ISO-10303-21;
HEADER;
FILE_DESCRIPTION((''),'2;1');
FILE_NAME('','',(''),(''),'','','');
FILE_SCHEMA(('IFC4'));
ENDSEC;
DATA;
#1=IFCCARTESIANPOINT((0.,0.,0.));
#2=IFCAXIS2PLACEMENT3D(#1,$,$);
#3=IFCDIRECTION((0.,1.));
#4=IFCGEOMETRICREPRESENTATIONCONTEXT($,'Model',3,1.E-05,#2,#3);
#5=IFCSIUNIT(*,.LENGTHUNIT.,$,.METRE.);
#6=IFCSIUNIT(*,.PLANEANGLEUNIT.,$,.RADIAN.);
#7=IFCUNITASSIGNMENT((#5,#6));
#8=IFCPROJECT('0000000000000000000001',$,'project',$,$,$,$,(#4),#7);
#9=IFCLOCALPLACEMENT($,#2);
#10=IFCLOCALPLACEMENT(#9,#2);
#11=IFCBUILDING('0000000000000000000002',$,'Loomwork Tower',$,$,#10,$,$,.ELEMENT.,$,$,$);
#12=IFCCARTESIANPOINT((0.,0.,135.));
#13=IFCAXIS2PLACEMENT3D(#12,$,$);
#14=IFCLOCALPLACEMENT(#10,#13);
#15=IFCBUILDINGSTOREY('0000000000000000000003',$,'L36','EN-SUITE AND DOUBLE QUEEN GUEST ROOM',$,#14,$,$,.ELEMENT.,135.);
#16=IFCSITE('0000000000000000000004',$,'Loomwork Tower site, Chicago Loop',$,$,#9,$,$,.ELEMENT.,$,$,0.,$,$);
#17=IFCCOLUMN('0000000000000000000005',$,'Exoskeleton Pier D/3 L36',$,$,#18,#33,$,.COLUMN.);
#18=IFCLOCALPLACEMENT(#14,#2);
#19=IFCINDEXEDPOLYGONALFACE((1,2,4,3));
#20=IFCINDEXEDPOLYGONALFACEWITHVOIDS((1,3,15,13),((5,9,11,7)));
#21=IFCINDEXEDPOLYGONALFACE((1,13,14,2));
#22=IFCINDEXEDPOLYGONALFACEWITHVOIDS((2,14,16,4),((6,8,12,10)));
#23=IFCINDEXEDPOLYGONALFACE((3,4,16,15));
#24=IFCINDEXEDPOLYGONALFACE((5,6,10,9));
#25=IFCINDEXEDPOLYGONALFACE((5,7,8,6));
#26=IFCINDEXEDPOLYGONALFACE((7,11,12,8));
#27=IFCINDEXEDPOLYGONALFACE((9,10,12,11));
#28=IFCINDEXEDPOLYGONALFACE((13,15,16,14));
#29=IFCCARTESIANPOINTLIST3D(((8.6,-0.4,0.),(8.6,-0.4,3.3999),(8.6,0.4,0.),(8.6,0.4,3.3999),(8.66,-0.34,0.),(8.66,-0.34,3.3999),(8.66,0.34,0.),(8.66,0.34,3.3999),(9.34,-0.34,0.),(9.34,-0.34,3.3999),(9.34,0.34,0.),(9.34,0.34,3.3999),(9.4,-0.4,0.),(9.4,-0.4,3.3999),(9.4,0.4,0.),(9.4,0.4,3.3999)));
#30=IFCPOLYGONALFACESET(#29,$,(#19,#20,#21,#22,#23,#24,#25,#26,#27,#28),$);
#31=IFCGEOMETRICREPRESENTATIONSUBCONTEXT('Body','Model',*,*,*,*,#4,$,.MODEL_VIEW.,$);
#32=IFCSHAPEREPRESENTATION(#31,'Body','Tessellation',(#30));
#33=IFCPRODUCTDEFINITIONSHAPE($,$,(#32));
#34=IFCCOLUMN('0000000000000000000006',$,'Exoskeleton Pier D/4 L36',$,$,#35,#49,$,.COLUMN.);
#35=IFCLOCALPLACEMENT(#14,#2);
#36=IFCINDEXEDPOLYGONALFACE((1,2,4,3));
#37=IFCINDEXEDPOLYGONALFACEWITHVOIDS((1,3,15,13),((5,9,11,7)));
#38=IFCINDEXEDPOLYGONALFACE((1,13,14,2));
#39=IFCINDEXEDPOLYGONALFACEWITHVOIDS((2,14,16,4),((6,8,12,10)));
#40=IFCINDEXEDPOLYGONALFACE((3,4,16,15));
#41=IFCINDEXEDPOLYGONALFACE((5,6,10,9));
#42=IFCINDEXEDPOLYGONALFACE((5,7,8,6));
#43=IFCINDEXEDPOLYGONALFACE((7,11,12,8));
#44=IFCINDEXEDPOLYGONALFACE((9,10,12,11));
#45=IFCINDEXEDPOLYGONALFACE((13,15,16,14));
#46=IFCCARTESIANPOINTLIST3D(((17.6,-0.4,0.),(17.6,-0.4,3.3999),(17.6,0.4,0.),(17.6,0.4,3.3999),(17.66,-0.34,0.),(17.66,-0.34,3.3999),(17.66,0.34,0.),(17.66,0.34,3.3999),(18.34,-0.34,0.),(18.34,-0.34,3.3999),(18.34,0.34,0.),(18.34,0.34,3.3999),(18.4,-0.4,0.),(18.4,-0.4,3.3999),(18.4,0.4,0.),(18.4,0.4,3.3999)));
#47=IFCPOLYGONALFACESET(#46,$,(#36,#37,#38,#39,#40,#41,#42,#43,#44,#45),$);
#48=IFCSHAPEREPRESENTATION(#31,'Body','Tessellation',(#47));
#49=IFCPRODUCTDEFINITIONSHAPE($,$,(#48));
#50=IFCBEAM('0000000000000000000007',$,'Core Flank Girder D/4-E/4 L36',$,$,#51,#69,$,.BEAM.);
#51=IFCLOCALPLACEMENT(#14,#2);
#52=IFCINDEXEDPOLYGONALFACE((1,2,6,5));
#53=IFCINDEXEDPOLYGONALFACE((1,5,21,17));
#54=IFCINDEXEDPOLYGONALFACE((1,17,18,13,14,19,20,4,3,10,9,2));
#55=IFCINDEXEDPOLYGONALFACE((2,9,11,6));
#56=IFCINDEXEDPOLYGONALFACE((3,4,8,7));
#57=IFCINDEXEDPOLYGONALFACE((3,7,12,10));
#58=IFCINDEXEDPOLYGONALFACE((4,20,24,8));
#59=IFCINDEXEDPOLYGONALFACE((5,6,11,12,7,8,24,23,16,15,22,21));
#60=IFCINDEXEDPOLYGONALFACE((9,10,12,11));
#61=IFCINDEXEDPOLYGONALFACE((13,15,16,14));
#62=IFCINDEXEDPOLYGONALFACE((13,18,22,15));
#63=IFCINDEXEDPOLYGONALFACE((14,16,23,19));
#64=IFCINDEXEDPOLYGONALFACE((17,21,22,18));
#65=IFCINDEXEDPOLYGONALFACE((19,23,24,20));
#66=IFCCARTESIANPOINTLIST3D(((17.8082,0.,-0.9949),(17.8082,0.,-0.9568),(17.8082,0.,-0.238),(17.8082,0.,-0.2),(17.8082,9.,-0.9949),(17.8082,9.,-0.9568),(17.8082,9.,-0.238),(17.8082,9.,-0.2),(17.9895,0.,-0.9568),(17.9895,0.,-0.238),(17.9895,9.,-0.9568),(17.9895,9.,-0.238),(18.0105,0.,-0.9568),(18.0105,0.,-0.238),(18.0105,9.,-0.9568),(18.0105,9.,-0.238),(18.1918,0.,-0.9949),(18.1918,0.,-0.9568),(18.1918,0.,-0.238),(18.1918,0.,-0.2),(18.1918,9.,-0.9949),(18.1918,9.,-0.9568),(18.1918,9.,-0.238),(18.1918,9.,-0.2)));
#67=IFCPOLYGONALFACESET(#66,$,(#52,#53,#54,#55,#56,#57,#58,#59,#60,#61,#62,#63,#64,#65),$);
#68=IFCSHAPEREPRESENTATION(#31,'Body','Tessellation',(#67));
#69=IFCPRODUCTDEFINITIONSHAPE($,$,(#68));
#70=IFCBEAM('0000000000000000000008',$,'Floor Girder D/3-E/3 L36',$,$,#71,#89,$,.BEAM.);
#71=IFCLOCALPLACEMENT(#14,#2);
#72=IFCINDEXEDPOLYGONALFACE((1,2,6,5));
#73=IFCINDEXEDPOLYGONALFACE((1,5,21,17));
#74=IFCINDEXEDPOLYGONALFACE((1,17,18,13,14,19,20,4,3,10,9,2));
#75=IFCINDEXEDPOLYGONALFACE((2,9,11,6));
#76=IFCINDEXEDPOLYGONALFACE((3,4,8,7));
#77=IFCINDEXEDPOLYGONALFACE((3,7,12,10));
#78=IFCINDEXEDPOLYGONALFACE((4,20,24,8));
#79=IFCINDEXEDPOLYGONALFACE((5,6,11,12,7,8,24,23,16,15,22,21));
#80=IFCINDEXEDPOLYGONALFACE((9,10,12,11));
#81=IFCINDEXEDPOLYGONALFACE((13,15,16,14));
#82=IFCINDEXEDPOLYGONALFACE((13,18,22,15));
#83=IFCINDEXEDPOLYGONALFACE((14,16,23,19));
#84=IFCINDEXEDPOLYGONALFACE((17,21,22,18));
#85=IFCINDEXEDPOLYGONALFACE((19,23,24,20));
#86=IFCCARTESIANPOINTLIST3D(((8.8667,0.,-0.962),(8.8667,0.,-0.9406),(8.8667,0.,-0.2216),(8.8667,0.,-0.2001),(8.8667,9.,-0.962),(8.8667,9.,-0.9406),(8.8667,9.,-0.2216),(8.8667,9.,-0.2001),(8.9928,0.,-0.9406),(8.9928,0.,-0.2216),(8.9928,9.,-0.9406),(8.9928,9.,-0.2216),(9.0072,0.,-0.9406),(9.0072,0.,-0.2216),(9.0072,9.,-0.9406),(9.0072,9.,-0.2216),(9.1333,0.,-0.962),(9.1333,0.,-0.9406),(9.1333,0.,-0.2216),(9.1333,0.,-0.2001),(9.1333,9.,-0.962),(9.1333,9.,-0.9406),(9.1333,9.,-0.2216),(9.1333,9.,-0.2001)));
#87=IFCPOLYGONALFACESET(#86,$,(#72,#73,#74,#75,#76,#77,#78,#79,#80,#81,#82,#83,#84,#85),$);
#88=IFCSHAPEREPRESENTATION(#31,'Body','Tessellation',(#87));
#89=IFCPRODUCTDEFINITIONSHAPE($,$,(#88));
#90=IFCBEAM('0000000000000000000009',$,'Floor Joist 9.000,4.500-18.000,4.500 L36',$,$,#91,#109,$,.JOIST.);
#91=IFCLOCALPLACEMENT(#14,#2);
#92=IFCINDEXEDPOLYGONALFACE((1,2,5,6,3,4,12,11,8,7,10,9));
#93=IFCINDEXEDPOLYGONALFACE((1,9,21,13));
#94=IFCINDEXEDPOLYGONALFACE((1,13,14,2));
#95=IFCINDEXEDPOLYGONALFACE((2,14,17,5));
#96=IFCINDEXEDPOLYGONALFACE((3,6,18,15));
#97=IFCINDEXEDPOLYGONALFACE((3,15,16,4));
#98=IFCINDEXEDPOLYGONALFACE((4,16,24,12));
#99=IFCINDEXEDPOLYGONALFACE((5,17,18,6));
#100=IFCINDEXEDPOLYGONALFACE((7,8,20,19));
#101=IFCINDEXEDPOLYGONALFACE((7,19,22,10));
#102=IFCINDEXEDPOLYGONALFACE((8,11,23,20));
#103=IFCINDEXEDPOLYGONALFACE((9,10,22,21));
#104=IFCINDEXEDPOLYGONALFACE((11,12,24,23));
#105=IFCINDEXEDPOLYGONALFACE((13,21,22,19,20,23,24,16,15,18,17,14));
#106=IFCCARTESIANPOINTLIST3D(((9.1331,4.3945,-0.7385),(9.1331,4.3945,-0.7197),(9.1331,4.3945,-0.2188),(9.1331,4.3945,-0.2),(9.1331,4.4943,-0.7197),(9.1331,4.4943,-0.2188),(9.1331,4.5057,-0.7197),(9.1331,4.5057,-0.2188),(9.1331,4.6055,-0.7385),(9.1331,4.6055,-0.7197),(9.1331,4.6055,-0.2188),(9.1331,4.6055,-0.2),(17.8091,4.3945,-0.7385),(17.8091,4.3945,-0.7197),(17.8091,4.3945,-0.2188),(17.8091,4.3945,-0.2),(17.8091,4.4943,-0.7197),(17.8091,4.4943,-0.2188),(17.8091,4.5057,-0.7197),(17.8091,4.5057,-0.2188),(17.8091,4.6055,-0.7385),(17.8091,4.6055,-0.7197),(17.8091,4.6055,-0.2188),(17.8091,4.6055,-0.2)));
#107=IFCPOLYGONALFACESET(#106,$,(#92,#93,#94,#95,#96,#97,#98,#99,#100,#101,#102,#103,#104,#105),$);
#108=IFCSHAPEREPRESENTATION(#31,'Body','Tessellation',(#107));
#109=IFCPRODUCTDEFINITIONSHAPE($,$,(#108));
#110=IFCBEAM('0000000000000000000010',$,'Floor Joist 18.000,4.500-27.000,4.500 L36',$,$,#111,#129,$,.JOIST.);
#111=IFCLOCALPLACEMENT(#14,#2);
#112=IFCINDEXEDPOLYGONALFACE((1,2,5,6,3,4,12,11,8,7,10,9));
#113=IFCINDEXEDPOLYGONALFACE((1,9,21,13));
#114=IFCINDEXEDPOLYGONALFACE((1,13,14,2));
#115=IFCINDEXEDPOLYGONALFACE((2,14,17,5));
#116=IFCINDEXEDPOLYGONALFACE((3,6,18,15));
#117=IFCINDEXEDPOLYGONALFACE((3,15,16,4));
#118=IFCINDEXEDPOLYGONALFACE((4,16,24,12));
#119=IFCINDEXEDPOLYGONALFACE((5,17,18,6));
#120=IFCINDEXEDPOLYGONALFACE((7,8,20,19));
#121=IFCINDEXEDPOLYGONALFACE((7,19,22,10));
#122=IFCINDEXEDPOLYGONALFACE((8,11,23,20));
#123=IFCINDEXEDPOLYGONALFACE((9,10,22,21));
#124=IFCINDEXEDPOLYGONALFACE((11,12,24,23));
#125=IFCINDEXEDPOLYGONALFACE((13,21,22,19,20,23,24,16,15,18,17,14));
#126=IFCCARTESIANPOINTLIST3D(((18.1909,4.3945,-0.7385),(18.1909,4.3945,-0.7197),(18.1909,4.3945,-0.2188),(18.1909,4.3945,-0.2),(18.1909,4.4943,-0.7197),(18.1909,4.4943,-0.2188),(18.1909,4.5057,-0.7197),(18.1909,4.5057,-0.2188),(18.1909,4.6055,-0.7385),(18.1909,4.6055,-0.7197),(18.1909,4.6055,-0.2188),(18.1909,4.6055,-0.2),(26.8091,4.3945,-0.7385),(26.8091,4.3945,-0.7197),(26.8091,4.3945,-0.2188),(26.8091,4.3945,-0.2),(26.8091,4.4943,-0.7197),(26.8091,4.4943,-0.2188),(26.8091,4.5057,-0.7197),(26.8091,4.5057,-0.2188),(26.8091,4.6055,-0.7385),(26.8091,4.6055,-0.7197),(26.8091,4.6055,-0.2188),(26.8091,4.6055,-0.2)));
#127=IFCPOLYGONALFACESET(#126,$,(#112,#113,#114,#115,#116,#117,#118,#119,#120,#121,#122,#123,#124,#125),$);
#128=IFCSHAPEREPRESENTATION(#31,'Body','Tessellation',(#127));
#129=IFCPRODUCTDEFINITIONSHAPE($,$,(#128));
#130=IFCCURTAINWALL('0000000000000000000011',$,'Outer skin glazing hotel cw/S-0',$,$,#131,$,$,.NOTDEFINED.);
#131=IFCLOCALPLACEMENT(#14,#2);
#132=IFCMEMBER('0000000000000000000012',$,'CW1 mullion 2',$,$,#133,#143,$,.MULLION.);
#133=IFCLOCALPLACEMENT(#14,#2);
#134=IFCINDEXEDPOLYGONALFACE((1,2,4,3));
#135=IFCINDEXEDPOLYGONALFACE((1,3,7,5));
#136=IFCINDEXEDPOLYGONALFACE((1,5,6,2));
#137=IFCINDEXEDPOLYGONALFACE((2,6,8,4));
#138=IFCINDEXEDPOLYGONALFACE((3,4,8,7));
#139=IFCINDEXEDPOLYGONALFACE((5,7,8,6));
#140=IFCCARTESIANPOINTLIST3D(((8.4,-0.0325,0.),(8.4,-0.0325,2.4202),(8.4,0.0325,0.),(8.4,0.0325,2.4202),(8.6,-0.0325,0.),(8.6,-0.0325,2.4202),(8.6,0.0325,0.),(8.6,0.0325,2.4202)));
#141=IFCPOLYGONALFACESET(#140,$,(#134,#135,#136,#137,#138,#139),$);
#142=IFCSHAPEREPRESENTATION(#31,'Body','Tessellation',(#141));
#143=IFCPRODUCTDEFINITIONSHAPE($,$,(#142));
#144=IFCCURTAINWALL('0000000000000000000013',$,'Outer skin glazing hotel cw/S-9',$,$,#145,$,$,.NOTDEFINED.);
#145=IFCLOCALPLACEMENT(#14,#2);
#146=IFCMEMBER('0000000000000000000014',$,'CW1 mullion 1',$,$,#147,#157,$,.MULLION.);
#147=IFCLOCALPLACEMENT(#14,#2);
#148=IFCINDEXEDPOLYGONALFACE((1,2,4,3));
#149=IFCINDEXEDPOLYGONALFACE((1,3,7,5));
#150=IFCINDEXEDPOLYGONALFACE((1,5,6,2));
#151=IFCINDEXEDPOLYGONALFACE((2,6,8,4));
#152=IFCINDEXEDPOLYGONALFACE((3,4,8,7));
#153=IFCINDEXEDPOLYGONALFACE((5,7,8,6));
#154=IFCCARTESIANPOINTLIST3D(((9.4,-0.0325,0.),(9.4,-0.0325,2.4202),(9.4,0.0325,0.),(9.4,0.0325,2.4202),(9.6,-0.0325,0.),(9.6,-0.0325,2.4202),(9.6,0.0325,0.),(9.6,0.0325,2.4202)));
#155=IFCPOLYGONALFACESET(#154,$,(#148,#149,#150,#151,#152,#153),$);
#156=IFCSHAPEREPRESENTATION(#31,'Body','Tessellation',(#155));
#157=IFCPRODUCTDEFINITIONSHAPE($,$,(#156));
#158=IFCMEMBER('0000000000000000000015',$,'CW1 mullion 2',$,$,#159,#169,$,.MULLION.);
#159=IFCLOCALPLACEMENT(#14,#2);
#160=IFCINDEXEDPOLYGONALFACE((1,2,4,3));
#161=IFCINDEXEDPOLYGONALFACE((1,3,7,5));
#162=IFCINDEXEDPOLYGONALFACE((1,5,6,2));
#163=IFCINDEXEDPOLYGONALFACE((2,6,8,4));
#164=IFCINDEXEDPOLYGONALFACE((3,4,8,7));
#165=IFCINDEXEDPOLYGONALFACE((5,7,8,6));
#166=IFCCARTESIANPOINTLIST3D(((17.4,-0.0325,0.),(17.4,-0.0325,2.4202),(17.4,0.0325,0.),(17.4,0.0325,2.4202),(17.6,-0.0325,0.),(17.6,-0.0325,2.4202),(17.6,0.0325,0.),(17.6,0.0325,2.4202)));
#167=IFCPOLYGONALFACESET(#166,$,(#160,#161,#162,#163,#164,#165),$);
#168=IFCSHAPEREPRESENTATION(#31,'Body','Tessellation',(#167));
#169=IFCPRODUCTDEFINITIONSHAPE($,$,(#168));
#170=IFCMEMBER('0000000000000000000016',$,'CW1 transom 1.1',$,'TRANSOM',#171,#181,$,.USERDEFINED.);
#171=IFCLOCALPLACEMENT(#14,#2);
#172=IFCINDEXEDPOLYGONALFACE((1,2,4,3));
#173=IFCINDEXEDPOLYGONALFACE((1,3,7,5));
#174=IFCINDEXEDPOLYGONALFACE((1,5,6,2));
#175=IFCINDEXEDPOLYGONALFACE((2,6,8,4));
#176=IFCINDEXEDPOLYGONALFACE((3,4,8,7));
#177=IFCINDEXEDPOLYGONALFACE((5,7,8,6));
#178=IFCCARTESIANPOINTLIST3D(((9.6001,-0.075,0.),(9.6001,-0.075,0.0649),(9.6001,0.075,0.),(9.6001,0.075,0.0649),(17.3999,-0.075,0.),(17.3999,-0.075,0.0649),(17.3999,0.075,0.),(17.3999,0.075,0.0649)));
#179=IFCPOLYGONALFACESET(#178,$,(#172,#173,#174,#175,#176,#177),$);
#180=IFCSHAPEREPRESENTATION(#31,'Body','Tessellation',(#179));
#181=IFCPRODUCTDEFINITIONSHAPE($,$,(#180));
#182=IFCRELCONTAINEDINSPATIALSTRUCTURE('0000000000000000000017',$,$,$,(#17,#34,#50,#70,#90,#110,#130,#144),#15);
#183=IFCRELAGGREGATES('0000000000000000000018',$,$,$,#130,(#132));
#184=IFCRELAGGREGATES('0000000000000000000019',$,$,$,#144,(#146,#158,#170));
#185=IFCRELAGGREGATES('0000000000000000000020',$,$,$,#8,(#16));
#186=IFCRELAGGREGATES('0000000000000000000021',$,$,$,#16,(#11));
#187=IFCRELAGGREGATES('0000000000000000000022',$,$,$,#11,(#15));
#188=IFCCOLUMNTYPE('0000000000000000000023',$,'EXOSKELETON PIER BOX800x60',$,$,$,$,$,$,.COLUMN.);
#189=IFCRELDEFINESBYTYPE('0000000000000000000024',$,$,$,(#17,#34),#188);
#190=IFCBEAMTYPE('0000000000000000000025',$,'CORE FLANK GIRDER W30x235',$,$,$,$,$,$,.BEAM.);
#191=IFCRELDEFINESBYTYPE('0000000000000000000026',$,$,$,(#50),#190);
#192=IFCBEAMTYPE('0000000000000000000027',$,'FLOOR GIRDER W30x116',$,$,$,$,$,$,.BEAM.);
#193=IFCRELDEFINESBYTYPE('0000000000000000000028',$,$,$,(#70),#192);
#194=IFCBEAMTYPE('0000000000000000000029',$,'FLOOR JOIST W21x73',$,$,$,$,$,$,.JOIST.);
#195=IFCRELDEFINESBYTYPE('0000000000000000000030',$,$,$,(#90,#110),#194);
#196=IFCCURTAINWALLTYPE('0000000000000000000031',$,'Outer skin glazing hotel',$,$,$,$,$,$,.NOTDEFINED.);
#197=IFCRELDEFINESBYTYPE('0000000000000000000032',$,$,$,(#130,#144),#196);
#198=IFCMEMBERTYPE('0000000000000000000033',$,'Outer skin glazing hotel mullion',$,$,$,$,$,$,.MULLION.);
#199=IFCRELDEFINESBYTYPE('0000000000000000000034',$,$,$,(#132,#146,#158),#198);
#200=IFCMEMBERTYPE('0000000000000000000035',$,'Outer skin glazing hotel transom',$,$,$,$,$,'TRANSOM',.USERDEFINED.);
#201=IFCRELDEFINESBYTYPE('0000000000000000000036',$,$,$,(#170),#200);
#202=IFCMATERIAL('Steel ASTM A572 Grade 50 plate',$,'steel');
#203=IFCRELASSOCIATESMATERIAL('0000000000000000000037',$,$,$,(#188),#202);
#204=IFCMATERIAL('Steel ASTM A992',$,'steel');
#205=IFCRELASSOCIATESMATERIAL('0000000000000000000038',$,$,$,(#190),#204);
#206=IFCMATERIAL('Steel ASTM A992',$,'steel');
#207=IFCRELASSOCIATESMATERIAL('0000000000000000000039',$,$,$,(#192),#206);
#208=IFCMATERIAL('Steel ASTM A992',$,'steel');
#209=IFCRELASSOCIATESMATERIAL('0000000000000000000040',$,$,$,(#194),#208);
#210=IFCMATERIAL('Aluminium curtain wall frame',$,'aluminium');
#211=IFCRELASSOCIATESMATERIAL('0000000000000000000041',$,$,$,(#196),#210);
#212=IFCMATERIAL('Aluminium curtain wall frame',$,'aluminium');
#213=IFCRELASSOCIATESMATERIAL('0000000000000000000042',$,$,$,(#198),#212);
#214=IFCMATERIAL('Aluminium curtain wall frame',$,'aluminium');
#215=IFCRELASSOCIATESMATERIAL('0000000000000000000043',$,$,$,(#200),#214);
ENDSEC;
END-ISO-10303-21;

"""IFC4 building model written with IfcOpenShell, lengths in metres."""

from ifc_helpers import new_model, si_unit, direction, frame, origin, origin_2d, place, context, subcontext, project, spatial, rectangle, hollow_rectangle, i_section, extrude, material, material_profile, profile_set, type_object, element, aggregate, save


model = new_model("IFC4")

# Units and contexts
model_context = context("Model", 3, precision=1e-05, world=origin(), true_north=direction((0.0, 1.0)))
body_context = subcontext(model_context, "Body", "Model", "MODEL_VIEW")
ifc_project = project(units=[si_unit("LENGTHUNIT", "METRE"), si_unit("PLANEANGLEUNIT", "RADIAN")], contexts=[model_context])

# Site, building, storey
site_placement = place(None, origin())
site = spatial("IfcSite", under=ifc_project, at=site_placement, Name="Loomwork Tower site, Chicago Loop", CompositionType="ELEMENT", RefElevation=0.0)
building_placement = place(site_placement, origin())
building = spatial("IfcBuilding", under=site, at=building_placement, Name="Loomwork Tower", CompositionType="ELEMENT")
storey_placement = place(building_placement, frame((0.0, 0.0, 135.0)))
storey = spatial("IfcBuildingStorey", under=building, at=storey_placement, Name="L36", Description="EN-SUITE AND DOUBLE QUEEN GUEST ROOM", CompositionType="ELEMENT", Elevation=135.0)

# Columns
ifc_material_1 = material(Name="Steel ASTM A572 Grade 50 plate", Category="steel")
ifc_material_profile_1 = material_profile(ifc_material_1, hollow_rectangle(XDim=0.8, YDim=0.8, WallThickness=0.0601, at=origin_2d()), Name="BOX800x60")
ifc_profile_set_1 = profile_set([ifc_material_profile_1], Name="Steel ASTM A572 Grade 50 plate")
column_type = type_object("IfcColumnType", Name="EXOSKELETON PIER BOX800x60", PredefinedType="COLUMN", material=ifc_profile_set_1)
for number, where, z_axis, x_axis, name in (
    (1, (9.0, 0.0, 0.0), (0.0, 0.0, 1.0), (1.0, 0.0, 0.0), "Exoskeleton Pier D/3 L36"),
    (2, (18.0, 0.0, 0.0), (0.0, 0.0, 1.0), (1.0, 0.0, 0.0), "Exoskeleton Pier D/4 L36"),
):
    element("IfcColumn", number, at=place(storey_placement, frame(where, z_axis=z_axis, x_axis=x_axis)), inside=storey, type_object=column_type, Name=name, PredefinedType="COLUMN", context=body_context, shape_type="SweptSolid", body=[
        extrude(hollow_rectangle(XDim=0.8, YDim=0.8, WallThickness=0.0601, at=origin_2d()), origin(), (0.0, 0.0, 1.0), 3.3999),
    ])

# Beams
ifc_material_2 = material(Name="Steel ASTM A992", Category="steel")
ifc_material_profile_2 = material_profile(ifc_material_2, i_section(OverallWidth=0.3835, OverallDepth=0.7949, WebThickness=0.021, FlangeThickness=0.0381, at=origin_2d()), Name="W30x235")
ifc_profile_set_2 = profile_set([ifc_material_profile_2], Name="Steel ASTM A992")
beam_type_1 = type_object("IfcBeamType", Name="CORE FLANK GIRDER W30x235", PredefinedType="BEAM", material=ifc_profile_set_2)
beam_1_placement = place(storey_placement, frame((18.0, 0.0, -0.5974), z_axis=(0.0, 1.0, 0.0), x_axis=(-1.0, 0.0, 0.0)))
element("IfcBeam", 3, at=beam_1_placement, inside=storey, type_object=beam_type_1, Name="Core Flank Girder D/4-E/4 L36", PredefinedType="BEAM", context=body_context, shape_type="SweptSolid", body=[
    extrude(i_section(OverallWidth=0.3835, OverallDepth=0.7949, WebThickness=0.021, FlangeThickness=0.0381, at=origin_2d()), origin(), (0.0, 0.0, 1.0), 9.0),
])
ifc_material_3 = material(Name="Steel ASTM A992", Category="steel")
ifc_material_profile_3 = material_profile(ifc_material_3, i_section(OverallWidth=0.2666, OverallDepth=0.762, WebThickness=0.0144, FlangeThickness=0.0215, at=origin_2d()), Name="W30x116")
ifc_profile_set_3 = profile_set([ifc_material_profile_3], Name="Steel ASTM A992")
beam_type_2 = type_object("IfcBeamType", Name="FLOOR GIRDER W30x116", PredefinedType="BEAM", material=ifc_profile_set_3)
beam_2_placement = place(storey_placement, frame((9.0, 0.0, -0.5811), z_axis=(0.0, 1.0, 0.0), x_axis=(-1.0, 0.0, 0.0)))
element("IfcBeam", 4, at=beam_2_placement, inside=storey, type_object=beam_type_2, Name="Floor Girder D/3-E/3 L36", PredefinedType="BEAM", context=body_context, shape_type="SweptSolid", body=[
    extrude(i_section(OverallWidth=0.2666, OverallDepth=0.762, WebThickness=0.0144, FlangeThickness=0.0215, at=origin_2d()), origin(), (0.0, 0.0, 1.0), 9.0),
])
ifc_material_4 = material(Name="Steel ASTM A992", Category="steel")
ifc_material_profile_4 = material_profile(ifc_material_4, i_section(OverallWidth=0.2109, OverallDepth=0.5386, WebThickness=0.0115, FlangeThickness=0.0188, at=origin_2d()), Name="W21x73")
ifc_profile_set_4 = profile_set([ifc_material_profile_4], Name="Steel ASTM A992")
beam_type_3 = type_object("IfcBeamType", Name="FLOOR JOIST W21x73", PredefinedType="JOIST", material=ifc_profile_set_4)
beam_3_placement = place(storey_placement, frame((9.1331, 4.5, -0.4692), z_axis=(1.0, 0.0, 0.0), x_axis=(0.0, 1.0, 0.0)))
element("IfcBeam", 5, at=beam_3_placement, inside=storey, type_object=beam_type_3, Name="Floor Joist 9.000,4.500-18.000,4.500 L36", PredefinedType="JOIST", context=body_context, shape_type="SweptSolid", body=[
    extrude(i_section(OverallWidth=0.2109, OverallDepth=0.5386, WebThickness=0.0115, FlangeThickness=0.0188, at=origin_2d()), origin(), (0.0, 0.0, 1.0), 8.676),
])
beam_4_placement = place(storey_placement, frame((18.1909, 4.5, -0.4692), z_axis=(1.0, 0.0, 0.0), x_axis=(0.0, 1.0, 0.0)))
element("IfcBeam", 6, at=beam_4_placement, inside=storey, type_object=beam_type_3, Name="Floor Joist 18.000,4.500-27.000,4.500 L36", PredefinedType="JOIST", context=body_context, shape_type="SweptSolid", body=[
    extrude(i_section(OverallWidth=0.2109, OverallDepth=0.5386, WebThickness=0.0115, FlangeThickness=0.0188, at=origin_2d()), origin(), (0.0, 0.0, 1.0), 8.6182),
])

# Curtain wall, member
ifc_material_5 = material(Name="Aluminium curtain wall frame", Category="aluminium")
curtain_wall_type = type_object("IfcCurtainWallType", Name="Outer skin glazing hotel", PredefinedType="NOTDEFINED", material=ifc_material_5)
curtain_wall_1_placement = place(storey_placement, origin())
curtain_wall_1 = element("IfcCurtainWall", 7, at=curtain_wall_1_placement, inside=storey, type_object=curtain_wall_type, Name="Outer skin glazing hotel cw/S-0", PredefinedType="NOTDEFINED")
ifc_material_6 = material(Name="Aluminium curtain wall frame", Category="aluminium")
ifc_material_profile_5 = material_profile(ifc_material_6, rectangle(XDim=0.0649, YDim=0.2, at=origin_2d()), Name="AL 65x200")
ifc_profile_set_5 = profile_set([ifc_material_profile_5], Name="Aluminium curtain wall frame")
member_type_1 = type_object("IfcMemberType", Name="Outer skin glazing hotel mullion", PredefinedType="MULLION", material=ifc_profile_set_5)
member_1_placement = place(storey_placement, frame((8.5, 0.0, 0.0), z_axis=(0.0, 0.0, 1.0), x_axis=(0.0, 1.0, 0.0)))
member_1 = element("IfcMember", 8, at=member_1_placement, type_object=member_type_1, Name="CW1 mullion 2", PredefinedType="MULLION", context=body_context, shape_type="SweptSolid", body=[
    extrude(rectangle(XDim=0.0649, YDim=0.2, at=origin_2d()), origin(), (0.0, 0.0, 1.0), 2.4202),
])
aggregate(curtain_wall_1, [member_1])

# Curtain wall, members
curtain_wall_2_placement = place(storey_placement, origin())
curtain_wall_2 = element("IfcCurtainWall", 9, at=curtain_wall_2_placement, inside=storey, type_object=curtain_wall_type, Name="Outer skin glazing hotel cw/S-9", PredefinedType="NOTDEFINED")
member_2_placement = place(storey_placement, frame((9.5, 0.0, 0.0), z_axis=(0.0, 0.0, 1.0), x_axis=(0.0, 1.0, 0.0)))
member_2 = element("IfcMember", 10, at=member_2_placement, type_object=member_type_1, Name="CW1 mullion 1", PredefinedType="MULLION", context=body_context, shape_type="SweptSolid", body=[
    extrude(rectangle(XDim=0.0649, YDim=0.2, at=origin_2d()), origin(), (0.0, 0.0, 1.0), 2.4202),
])
member_3_placement = place(storey_placement, frame((17.5, 0.0, 0.0), z_axis=(0.0, 0.0, 1.0), x_axis=(0.0, 1.0, 0.0)))
member_3 = element("IfcMember", 11, at=member_3_placement, type_object=member_type_1, Name="CW1 mullion 2", PredefinedType="MULLION", context=body_context, shape_type="SweptSolid", body=[
    extrude(rectangle(XDim=0.0649, YDim=0.2, at=origin_2d()), origin(), (0.0, 0.0, 1.0), 2.4202),
])
ifc_material_7 = material(Name="Aluminium curtain wall frame", Category="aluminium")
ifc_material_profile_6 = material_profile(ifc_material_7, rectangle(XDim=0.1499, YDim=0.0649, at=origin_2d()), Name="AL 65x150")
ifc_profile_set_6 = profile_set([ifc_material_profile_6], Name="Aluminium curtain wall frame")
member_type_2 = type_object("IfcMemberType", Name="Outer skin glazing hotel transom", ElementType="TRANSOM", PredefinedType="USERDEFINED", material=ifc_profile_set_6)
member_4_placement = place(storey_placement, frame((9.6001, 0.0, 0.0325), z_axis=(1.0, 0.0, 0.0), x_axis=(0.0, 1.0, 0.0)))
member_4 = element("IfcMember", 12, at=member_4_placement, type_object=member_type_2, Name="CW1 transom 1.1", ObjectType="TRANSOM", PredefinedType="USERDEFINED", context=body_context, shape_type="SweptSolid", body=[
    extrude(rectangle(XDim=0.1499, YDim=0.0649, at=origin_2d()), origin(), (0.0, 0.0, 1.0), 7.7998),
])

aggregate(curtain_wall_2, [member_2, member_3, member_4])

save(model, "model.ifc")
